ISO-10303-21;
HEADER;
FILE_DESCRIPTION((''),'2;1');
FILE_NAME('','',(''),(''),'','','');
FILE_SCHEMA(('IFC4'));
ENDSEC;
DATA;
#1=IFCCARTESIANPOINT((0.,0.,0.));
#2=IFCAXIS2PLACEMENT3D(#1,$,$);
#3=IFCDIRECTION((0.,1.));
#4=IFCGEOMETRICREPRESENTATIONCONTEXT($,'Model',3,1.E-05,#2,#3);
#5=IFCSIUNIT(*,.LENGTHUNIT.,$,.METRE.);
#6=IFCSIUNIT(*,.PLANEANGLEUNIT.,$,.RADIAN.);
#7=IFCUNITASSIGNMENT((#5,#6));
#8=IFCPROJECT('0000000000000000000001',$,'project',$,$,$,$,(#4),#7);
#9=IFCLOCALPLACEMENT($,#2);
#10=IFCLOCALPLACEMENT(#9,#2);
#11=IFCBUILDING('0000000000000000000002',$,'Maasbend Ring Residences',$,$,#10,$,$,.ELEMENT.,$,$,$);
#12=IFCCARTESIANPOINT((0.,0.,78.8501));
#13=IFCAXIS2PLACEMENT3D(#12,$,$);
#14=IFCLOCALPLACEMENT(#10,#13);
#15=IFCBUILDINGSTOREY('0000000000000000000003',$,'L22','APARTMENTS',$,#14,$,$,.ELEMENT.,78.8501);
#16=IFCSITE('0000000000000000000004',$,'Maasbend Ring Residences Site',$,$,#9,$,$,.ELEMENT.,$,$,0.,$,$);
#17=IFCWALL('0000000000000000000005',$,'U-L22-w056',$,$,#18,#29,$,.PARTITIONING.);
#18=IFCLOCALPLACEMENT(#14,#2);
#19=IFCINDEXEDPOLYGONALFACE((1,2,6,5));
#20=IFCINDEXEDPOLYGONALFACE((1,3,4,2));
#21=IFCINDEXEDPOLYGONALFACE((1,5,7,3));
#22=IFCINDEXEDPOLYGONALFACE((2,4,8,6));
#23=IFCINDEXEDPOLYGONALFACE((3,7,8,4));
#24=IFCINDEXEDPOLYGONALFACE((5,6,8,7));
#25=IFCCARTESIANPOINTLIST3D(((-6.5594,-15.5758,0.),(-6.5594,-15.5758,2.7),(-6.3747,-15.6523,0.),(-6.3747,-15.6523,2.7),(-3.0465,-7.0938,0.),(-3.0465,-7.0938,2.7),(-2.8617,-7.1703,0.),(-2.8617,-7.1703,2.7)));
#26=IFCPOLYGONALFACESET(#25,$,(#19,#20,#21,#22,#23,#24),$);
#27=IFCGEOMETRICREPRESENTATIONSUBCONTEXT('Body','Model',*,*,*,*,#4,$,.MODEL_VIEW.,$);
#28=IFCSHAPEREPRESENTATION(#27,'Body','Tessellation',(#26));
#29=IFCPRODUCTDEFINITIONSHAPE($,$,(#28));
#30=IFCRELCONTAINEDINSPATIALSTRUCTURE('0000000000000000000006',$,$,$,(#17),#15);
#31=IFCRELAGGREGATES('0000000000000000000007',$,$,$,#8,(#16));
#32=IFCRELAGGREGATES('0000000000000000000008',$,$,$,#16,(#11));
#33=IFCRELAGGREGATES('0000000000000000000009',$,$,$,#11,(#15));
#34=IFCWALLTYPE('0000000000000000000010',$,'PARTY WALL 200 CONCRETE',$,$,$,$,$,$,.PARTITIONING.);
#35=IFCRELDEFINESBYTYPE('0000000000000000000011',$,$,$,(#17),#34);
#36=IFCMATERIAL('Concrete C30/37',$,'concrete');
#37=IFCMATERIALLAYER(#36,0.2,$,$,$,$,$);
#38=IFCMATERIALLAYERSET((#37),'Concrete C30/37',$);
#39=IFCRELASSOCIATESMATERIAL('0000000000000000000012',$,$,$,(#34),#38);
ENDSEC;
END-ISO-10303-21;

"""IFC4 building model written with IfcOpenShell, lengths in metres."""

from ifc_helpers import new_model, si_unit, direction, frame, frame_2d, origin, place, context, subcontext, project, spatial, rectangle, extrude, material, layer, layer_set, type_object, element, save


model = new_model("IFC4")

# Units and contexts
model_context = context("Model", 3, precision=1e-05, world=origin(), true_north=direction((0.0, 1.0)))
body_context = subcontext(model_context, "Body", "Model", "MODEL_VIEW")
ifc_project = project(units=[si_unit("LENGTHUNIT", "METRE"), si_unit("PLANEANGLEUNIT", "RADIAN")], contexts=[model_context])

# Site, building, storey
site_placement = place(None, origin())
site = spatial("IfcSite", under=ifc_project, at=site_placement, Name="Maasbend Ring Residences Site", CompositionType="ELEMENT", RefElevation=0.0)
building_placement = place(site_placement, origin())
building = spatial("IfcBuilding", under=site, at=building_placement, Name="Maasbend Ring Residences", CompositionType="ELEMENT")
storey_placement = place(building_placement, frame((0.0, 0.0, 78.8501)))
storey = spatial("IfcBuildingStorey", under=building, at=storey_placement, Name="L22", Description="APARTMENTS", CompositionType="ELEMENT", Elevation=78.8501)

# Wall
ifc_material_1 = material(Name="Concrete C30/37", Category="concrete")
ifc_layer_1 = layer(ifc_material_1, 0.2)
ifc_layer_set_1 = layer_set([ifc_layer_1], Name="Concrete C30/37")
wall_type_1 = type_object("IfcWallType", Name="PARTY WALL 200 CONCRETE", PredefinedType="PARTITIONING", material=ifc_layer_set_1)
wall_1_placement = place(storey_placement, frame((-6.467, -15.614, 0.0), z_axis=(0.0, 0.0, 1.0), x_axis=(0.382647, 0.923895, 0.0)))
element("IfcWall", 1, at=wall_1_placement, inside=storey, type_object=wall_type_1, Name="U-L22-w056", PredefinedType="PARTITIONING", context=body_context, shape_type="SweptSolid", body=[
    extrude(rectangle(XDim=9.1807, YDim=0.2, at=frame_2d((4.5903, 0.0))), origin(), (0.0, 0.0, 1.0), 2.7),
])

save(model, "model.ifc")
